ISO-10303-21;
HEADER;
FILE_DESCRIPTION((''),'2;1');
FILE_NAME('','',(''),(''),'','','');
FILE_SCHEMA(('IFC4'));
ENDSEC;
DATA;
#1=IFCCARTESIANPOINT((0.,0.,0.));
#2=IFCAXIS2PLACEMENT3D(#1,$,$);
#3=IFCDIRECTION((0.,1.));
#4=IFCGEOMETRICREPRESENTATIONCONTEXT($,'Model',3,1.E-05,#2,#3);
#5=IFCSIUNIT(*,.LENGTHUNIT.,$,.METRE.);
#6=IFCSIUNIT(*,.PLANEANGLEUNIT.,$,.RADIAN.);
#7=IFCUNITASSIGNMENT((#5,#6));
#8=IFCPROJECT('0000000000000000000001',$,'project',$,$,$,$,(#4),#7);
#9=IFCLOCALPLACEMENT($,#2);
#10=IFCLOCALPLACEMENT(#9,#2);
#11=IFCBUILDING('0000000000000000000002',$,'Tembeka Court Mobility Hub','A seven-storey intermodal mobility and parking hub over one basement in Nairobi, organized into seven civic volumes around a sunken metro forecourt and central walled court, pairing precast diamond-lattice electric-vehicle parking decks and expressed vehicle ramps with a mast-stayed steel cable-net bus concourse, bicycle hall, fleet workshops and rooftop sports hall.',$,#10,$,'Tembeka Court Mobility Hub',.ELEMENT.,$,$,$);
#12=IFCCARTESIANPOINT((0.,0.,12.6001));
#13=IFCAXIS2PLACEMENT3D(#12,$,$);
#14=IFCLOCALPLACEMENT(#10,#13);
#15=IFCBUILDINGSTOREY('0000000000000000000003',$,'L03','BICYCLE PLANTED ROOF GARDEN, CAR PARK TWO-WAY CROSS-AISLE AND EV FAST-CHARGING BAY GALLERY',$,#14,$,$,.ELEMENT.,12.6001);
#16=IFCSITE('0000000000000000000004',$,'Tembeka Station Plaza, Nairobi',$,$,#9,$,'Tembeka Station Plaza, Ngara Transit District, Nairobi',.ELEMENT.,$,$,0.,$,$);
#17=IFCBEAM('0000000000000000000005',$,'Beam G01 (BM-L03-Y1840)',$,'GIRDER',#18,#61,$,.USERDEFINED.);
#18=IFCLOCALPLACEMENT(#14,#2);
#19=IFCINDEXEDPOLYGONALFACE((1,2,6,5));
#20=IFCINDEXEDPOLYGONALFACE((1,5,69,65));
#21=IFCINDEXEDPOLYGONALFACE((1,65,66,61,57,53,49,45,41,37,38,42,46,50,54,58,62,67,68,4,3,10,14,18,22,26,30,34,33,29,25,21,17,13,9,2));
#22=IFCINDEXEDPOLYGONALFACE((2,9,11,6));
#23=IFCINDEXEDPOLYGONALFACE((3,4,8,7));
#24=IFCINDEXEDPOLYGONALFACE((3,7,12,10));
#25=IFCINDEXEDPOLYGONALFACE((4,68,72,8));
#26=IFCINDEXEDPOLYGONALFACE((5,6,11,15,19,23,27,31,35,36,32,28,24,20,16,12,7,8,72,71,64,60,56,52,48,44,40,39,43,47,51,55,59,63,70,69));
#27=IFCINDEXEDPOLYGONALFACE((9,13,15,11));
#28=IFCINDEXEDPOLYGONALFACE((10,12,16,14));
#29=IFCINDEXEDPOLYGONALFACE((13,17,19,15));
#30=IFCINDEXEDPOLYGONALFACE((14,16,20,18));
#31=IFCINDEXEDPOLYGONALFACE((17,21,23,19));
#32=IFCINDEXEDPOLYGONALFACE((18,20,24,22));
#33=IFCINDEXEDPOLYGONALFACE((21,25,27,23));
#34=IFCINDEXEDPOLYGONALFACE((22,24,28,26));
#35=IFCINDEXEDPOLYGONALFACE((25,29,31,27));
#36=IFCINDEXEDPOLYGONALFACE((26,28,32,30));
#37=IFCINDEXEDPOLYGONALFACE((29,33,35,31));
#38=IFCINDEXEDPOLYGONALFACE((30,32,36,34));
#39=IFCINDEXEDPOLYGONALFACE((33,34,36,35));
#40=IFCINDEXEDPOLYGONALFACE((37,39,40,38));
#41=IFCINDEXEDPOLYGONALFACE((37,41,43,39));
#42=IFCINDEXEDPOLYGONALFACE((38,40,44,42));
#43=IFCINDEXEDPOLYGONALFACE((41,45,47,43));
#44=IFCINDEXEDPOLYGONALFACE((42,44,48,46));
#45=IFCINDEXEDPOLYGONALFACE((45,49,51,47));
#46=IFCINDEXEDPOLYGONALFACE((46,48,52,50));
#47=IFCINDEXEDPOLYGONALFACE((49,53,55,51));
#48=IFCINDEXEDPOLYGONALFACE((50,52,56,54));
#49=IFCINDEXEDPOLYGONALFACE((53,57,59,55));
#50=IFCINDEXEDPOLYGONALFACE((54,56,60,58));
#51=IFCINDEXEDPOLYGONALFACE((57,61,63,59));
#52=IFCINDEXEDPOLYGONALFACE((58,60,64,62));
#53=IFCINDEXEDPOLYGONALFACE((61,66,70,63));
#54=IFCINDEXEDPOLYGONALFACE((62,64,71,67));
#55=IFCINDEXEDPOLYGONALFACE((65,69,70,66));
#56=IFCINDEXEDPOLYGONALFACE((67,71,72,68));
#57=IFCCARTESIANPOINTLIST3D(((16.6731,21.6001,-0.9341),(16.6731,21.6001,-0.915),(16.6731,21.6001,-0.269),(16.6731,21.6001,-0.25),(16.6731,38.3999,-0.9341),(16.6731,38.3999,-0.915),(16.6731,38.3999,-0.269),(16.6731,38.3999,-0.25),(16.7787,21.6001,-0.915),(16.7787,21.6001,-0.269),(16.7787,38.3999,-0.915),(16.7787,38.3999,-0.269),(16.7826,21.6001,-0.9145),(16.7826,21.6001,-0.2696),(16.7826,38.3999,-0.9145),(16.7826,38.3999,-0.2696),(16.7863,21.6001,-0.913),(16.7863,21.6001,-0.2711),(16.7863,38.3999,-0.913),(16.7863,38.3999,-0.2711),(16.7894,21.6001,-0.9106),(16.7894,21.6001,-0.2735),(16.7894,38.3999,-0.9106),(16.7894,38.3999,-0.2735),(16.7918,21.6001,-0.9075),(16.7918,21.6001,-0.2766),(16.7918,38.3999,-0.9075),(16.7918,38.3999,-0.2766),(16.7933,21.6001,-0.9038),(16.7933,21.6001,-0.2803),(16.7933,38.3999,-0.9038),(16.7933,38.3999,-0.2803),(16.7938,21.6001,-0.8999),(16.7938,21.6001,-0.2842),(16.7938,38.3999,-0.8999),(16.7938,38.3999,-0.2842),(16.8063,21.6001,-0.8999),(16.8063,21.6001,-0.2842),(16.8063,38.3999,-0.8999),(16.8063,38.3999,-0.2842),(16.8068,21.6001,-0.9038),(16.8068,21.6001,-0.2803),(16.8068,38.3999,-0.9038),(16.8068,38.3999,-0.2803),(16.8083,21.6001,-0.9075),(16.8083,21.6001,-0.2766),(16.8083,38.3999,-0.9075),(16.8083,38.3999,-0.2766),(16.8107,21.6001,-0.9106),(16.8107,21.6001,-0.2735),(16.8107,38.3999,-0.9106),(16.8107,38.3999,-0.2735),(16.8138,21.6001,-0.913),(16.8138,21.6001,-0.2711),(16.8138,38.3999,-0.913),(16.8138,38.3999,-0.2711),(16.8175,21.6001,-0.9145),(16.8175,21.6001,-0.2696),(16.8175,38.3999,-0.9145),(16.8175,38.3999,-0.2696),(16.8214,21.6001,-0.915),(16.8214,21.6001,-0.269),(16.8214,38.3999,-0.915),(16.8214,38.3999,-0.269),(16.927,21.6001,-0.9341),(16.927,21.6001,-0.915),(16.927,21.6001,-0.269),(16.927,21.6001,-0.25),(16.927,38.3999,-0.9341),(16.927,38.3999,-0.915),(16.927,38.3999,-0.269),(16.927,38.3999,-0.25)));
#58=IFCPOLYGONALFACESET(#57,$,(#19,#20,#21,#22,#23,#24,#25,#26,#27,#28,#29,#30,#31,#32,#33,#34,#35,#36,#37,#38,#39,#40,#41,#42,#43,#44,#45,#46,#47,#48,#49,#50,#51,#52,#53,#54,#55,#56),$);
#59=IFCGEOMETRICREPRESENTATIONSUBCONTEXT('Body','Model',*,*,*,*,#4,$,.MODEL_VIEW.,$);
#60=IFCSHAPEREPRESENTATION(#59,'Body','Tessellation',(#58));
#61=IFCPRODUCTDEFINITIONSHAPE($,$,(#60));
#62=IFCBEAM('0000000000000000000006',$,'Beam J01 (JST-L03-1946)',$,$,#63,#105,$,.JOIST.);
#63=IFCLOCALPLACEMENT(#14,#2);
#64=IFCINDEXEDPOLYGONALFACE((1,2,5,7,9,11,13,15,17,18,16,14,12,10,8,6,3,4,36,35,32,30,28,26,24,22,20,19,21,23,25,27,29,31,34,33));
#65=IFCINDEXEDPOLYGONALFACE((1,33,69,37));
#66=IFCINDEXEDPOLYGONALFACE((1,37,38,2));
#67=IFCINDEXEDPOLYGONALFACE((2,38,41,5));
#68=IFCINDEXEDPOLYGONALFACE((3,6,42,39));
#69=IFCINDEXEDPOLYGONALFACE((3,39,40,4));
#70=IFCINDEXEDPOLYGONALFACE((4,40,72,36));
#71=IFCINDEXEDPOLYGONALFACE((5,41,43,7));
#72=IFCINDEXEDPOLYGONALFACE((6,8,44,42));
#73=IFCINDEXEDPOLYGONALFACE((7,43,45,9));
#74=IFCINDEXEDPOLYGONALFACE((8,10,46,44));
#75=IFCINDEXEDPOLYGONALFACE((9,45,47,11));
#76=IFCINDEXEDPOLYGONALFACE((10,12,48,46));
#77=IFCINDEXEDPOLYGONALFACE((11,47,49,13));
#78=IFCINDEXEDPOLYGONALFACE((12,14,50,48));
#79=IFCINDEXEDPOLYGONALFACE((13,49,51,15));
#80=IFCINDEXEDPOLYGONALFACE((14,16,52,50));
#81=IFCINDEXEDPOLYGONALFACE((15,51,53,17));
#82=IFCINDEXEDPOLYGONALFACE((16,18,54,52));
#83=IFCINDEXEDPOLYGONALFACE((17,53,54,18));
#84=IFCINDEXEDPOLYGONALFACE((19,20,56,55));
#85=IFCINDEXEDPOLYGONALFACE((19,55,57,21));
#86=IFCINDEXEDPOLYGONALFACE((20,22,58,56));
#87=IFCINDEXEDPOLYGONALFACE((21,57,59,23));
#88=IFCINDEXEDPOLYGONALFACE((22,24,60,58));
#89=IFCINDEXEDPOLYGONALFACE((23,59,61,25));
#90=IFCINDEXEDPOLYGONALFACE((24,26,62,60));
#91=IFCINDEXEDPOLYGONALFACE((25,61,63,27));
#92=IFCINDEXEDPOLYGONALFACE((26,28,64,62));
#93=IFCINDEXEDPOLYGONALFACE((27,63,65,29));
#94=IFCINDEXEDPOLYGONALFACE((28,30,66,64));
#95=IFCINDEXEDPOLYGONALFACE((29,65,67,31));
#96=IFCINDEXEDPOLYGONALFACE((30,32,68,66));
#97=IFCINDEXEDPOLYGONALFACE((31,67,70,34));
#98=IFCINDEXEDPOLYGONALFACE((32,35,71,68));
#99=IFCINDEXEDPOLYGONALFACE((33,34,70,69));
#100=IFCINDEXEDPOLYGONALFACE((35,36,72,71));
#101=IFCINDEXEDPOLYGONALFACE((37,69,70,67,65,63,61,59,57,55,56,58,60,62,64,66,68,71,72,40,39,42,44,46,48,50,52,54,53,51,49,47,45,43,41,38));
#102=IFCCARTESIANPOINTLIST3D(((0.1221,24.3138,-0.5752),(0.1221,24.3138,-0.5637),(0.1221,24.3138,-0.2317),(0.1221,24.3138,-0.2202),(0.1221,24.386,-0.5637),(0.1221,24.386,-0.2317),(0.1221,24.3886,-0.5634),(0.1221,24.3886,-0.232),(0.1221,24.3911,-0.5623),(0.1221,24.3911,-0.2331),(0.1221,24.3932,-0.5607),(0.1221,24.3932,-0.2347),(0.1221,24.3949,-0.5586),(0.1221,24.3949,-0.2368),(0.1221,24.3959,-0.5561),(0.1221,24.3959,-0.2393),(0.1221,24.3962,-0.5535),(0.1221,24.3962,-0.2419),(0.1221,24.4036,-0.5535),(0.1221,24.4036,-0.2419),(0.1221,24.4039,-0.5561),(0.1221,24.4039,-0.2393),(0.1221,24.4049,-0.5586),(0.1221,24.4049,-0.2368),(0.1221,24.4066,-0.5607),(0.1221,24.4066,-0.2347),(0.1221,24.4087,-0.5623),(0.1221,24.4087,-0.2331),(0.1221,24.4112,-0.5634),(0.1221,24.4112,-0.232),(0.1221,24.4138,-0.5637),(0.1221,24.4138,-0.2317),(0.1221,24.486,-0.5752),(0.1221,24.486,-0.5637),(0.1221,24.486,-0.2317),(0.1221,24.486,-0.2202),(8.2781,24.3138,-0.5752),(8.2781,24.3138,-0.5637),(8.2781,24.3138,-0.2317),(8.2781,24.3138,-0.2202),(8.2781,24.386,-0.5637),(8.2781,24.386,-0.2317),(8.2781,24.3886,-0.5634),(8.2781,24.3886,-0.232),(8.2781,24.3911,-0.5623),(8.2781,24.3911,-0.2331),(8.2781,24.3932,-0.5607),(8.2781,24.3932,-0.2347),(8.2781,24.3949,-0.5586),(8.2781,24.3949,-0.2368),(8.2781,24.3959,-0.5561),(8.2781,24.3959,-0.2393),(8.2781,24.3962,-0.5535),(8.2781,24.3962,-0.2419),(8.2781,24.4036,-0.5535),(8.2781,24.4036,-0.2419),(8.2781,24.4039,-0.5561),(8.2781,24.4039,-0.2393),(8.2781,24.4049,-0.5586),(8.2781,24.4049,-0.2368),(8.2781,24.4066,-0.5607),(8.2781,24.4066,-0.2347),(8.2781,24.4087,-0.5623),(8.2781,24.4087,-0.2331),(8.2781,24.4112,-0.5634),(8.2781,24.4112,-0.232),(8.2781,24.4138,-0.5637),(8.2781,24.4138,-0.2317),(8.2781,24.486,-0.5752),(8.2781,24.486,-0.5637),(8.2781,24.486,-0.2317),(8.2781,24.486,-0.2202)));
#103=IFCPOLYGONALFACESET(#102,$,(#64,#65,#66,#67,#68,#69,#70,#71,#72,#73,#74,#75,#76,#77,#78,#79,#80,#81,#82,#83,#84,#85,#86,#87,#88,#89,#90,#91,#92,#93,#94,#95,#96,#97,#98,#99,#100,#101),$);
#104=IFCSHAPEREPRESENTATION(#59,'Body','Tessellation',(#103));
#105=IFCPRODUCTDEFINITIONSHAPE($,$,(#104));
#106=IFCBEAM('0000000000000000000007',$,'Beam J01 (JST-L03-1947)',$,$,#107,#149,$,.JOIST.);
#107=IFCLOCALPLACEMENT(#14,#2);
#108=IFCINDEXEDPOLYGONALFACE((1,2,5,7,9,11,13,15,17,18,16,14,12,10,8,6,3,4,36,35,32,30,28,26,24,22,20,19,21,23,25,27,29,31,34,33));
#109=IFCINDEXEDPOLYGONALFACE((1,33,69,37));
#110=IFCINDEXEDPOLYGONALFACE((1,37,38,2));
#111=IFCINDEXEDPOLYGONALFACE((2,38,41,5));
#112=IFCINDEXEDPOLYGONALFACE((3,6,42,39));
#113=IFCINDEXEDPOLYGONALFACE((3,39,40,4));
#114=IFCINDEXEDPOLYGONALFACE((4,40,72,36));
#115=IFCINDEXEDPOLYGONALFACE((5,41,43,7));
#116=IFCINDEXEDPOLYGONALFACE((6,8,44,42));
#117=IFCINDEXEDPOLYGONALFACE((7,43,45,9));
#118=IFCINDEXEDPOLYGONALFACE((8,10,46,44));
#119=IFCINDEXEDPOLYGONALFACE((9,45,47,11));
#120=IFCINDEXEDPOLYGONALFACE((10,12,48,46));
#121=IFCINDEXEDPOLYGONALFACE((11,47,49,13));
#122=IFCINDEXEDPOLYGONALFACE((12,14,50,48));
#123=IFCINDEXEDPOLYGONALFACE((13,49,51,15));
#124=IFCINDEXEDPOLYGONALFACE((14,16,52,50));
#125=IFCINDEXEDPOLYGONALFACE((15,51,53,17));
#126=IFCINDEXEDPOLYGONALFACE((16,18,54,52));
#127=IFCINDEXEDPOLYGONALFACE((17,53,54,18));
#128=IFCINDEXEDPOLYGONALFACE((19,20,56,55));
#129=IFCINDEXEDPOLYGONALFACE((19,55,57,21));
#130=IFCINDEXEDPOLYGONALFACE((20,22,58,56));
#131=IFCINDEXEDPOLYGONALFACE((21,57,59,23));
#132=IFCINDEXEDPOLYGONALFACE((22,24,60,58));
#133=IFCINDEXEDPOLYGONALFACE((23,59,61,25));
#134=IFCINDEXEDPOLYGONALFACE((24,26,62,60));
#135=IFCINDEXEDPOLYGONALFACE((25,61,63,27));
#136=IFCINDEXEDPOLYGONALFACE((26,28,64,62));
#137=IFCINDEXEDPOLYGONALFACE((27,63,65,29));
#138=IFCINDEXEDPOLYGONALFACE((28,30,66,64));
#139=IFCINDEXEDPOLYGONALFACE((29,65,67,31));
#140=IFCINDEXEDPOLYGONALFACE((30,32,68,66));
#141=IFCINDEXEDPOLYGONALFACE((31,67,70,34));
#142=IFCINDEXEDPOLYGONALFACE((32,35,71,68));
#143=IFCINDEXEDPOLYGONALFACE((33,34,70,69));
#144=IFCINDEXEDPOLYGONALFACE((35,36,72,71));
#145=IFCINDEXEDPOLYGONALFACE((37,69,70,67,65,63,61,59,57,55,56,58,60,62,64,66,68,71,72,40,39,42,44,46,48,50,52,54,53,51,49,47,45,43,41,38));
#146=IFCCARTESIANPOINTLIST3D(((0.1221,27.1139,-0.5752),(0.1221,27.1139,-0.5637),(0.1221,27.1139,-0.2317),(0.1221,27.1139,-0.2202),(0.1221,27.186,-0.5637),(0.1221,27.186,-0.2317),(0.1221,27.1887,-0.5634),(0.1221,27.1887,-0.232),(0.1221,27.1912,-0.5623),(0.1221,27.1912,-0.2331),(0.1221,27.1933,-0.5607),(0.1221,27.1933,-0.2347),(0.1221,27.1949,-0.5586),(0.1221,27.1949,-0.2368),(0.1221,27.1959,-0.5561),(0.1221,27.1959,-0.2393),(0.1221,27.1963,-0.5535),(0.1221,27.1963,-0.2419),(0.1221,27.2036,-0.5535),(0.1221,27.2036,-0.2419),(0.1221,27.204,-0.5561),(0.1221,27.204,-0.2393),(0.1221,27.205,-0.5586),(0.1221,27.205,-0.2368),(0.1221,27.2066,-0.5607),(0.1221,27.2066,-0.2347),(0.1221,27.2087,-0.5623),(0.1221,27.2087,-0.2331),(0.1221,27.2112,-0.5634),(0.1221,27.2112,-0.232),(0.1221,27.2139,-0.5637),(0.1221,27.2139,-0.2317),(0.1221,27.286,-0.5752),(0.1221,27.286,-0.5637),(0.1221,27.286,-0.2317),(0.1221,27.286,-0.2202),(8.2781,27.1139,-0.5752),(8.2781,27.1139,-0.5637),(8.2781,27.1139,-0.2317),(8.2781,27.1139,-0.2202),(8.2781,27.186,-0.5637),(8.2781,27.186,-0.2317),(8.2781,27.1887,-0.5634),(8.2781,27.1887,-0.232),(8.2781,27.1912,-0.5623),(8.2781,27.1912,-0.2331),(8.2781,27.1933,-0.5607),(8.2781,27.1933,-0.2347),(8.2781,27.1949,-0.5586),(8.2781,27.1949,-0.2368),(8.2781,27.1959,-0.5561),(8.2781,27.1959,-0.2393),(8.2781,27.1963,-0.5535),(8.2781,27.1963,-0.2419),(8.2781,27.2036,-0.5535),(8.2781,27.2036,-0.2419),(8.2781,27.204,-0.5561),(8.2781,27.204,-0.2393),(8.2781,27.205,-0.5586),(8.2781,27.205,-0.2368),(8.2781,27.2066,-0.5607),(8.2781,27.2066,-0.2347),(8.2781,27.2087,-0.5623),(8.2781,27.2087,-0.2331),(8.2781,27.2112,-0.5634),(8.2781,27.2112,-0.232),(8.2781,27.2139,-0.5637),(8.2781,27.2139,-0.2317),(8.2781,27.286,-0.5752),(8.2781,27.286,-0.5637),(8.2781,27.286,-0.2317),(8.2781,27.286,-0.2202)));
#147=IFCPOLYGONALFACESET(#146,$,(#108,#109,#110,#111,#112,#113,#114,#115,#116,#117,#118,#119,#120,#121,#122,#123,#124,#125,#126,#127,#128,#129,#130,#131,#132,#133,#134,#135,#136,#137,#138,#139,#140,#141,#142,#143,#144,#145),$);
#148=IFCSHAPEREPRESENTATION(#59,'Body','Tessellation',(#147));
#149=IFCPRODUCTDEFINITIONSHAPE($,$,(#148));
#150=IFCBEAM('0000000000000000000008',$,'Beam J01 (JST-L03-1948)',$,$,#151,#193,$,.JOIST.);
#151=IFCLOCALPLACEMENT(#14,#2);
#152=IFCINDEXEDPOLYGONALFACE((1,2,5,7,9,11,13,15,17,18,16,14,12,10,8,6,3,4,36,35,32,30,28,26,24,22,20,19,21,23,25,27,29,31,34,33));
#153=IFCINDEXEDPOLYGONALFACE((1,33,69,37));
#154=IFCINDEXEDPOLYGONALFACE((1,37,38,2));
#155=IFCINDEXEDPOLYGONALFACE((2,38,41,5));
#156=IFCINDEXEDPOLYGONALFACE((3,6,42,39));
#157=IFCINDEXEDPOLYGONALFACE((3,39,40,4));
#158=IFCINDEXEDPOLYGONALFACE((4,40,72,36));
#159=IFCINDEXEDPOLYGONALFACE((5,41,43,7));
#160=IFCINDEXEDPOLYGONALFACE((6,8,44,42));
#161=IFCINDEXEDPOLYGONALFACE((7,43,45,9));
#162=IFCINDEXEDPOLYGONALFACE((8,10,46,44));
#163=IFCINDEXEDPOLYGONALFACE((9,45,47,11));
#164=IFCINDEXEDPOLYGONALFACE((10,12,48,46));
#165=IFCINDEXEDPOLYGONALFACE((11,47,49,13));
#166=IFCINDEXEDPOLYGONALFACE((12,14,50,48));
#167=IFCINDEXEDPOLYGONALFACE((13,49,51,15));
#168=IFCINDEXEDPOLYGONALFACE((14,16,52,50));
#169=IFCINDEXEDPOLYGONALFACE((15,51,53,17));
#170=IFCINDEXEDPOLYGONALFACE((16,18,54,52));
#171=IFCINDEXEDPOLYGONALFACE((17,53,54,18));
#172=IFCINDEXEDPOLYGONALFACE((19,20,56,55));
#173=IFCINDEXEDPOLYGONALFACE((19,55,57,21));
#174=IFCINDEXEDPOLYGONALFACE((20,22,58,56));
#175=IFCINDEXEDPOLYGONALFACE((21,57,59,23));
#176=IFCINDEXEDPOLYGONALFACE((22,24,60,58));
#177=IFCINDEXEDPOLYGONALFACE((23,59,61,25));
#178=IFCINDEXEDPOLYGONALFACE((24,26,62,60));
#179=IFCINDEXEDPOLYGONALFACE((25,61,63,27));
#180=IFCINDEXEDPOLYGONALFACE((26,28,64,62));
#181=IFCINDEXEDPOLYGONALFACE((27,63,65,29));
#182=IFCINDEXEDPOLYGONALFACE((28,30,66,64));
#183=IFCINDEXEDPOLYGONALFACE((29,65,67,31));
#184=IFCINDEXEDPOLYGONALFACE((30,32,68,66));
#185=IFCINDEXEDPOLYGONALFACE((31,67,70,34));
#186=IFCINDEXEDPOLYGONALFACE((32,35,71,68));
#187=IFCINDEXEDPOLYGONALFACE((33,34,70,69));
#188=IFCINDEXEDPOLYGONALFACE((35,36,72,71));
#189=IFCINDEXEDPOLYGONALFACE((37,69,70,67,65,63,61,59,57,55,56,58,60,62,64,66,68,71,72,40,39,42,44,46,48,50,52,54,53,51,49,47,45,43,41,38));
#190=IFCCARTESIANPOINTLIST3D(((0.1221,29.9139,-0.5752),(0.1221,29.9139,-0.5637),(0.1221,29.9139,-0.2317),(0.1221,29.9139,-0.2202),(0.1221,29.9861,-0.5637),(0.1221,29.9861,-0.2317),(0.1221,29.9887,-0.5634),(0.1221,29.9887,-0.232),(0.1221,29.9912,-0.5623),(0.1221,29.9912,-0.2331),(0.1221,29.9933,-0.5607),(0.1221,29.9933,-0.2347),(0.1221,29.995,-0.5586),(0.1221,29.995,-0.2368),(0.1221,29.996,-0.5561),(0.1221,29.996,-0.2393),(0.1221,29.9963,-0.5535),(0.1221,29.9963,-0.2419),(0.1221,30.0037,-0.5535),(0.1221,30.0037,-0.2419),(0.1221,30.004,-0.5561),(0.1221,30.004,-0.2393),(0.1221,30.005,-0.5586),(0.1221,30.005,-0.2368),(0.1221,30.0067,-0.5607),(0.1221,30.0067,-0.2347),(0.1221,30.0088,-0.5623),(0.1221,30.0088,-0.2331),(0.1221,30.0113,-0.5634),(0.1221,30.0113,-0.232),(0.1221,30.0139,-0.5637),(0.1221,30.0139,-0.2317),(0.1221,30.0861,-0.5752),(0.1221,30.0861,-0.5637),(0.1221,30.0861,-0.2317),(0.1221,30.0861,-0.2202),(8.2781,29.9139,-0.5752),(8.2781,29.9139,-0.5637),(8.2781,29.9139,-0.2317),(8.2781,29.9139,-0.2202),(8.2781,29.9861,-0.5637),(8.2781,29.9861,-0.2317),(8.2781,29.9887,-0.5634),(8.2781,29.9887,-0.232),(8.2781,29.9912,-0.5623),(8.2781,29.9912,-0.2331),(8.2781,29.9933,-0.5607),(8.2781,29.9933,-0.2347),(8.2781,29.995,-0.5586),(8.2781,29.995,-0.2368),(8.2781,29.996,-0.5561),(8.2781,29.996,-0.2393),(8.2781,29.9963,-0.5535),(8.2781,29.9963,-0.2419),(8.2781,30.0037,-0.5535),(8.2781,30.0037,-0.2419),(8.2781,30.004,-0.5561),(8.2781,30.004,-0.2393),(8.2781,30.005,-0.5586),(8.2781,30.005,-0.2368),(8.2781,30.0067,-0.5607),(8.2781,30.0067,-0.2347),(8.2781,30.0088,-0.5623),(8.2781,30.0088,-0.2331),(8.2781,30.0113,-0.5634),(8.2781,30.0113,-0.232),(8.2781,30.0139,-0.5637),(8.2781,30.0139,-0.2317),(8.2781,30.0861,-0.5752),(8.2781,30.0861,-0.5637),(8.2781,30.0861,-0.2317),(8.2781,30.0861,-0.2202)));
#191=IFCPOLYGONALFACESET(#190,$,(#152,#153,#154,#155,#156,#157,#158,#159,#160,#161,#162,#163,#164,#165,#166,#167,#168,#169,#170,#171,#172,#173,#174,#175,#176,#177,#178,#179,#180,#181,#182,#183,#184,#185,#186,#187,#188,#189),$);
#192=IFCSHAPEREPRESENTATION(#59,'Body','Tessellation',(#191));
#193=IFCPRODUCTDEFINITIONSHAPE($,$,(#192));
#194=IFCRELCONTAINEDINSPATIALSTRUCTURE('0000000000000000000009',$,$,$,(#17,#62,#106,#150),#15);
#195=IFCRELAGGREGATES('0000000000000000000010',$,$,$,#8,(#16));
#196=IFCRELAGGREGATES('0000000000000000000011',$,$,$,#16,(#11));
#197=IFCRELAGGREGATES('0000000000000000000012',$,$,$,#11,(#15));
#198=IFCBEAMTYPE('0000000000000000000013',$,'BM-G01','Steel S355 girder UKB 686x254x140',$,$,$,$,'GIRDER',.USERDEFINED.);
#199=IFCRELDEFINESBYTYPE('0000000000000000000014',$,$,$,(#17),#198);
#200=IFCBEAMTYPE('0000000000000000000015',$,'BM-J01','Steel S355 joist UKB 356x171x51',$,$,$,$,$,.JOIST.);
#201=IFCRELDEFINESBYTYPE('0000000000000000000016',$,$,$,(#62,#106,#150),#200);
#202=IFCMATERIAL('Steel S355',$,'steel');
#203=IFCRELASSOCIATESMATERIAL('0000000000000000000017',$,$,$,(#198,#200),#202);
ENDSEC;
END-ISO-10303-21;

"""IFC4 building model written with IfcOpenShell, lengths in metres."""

from ifc_helpers import new_model, si_unit, direction, frame, origin, origin_2d, place, context, subcontext, project, spatial, i_section, extrude, material, material_profile, profile_set, type_object, element, save


model = new_model("IFC4")

# Units and contexts
model_context = context("Model", 3, precision=1e-05, world=origin(), true_north=direction((0.0, 1.0)))
body_context = subcontext(model_context, "Body", "Model", "MODEL_VIEW")
ifc_project = project(units=[si_unit("LENGTHUNIT", "METRE"), si_unit("PLANEANGLEUNIT", "RADIAN")], contexts=[model_context])

# Site, building, storey
site_placement = place(None, origin())
site = spatial("IfcSite", under=ifc_project, at=site_placement, Name="Tembeka Station Plaza, Nairobi", LongName="Tembeka Station Plaza, Ngara Transit District, Nairobi", CompositionType="ELEMENT", RefElevation=0.0)
building_placement = place(site_placement, origin())
building = spatial("IfcBuilding", under=site, at=building_placement, Name="Tembeka Court Mobility Hub", Description="A seven-storey intermodal mobility and parking hub over one basement in Nairobi, organized into seven civic volumes around a sunken metro forecourt and central walled court, pairing precast diamond-lattice electric-vehicle parking decks and expressed vehicle ramps with a mast-stayed steel cable-net bus concourse, bicycle hall, fleet workshops and rooftop sports hall.", LongName="Tembeka Court Mobility Hub", CompositionType="ELEMENT")
storey_placement = place(building_placement, frame((0.0, 0.0, 12.6001)))
storey = spatial("IfcBuildingStorey", under=building, at=storey_placement, Name="L03", Description="BICYCLE PLANTED ROOF GARDEN, CAR PARK TWO-WAY CROSS-AISLE AND EV FAST-CHARGING BAY GALLERY", CompositionType="ELEMENT", Elevation=12.6001)

# Shared definitions
ifc_material_1 = material(Name="Steel S355", Category="steel")

# Beams
ifc_material_profile_1 = material_profile(ifc_material_1, i_section(OverallWidth=0.2539, OverallDepth=0.6841, WebThickness=0.0125, FlangeThickness=0.019, FilletRadius=0.0151, at=origin_2d()), Name="UKB 686x254x140")
ifc_profile_set_1 = profile_set([ifc_material_profile_1], Name="Steel S355")
beam_type_1 = type_object("IfcBeamType", Name="BM-G01", Description="Steel S355 girder UKB 686x254x140", ElementType="GIRDER", PredefinedType="USERDEFINED", material=ifc_profile_set_1)
for number, where, z_axis, x_axis, name in (
    (1, (16.8, 21.6001, -0.592), (0.0, 1.0, 0.0), (-1.0, 0.0, 0.0), "Beam G01 (BM-L03-Y1840)"),
):
    element("IfcBeam", number, at=place(storey_placement, frame(where, z_axis=z_axis, x_axis=x_axis)), inside=storey, type_object=beam_type_1, Name=name, ObjectType="GIRDER", PredefinedType="USERDEFINED", context=body_context, shape_type="SweptSolid", body=[
        extrude(i_section(OverallWidth=0.2539, OverallDepth=0.6841, WebThickness=0.0125, FlangeThickness=0.019, FilletRadius=0.0151, at=origin_2d()), origin(), (0.0, 0.0, 1.0), 16.7998),
    ])
ifc_material_profile_2 = material_profile(ifc_material_1, i_section(OverallWidth=0.1721, OverallDepth=0.355, WebThickness=0.0073, FlangeThickness=0.0115, FilletRadius=0.0103, at=origin_2d()), Name="UKB 356x171x51")
ifc_profile_set_2 = profile_set([ifc_material_profile_2], Name="Steel S355")
beam_type_2 = type_object("IfcBeamType", Name="BM-J01", Description="Steel S355 joist UKB 356x171x51", PredefinedType="JOIST", material=ifc_profile_set_2)
for number, where, z_axis, x_axis, name in (
    (2, (0.1221, 24.3999, -0.3977), (1.0, 0.0, 0.0), (0.0, 1.0, 0.0), "Beam J01 (JST-L03-1946)"),
    (3, (0.1221, 27.2, -0.3977), (1.0, 0.0, 0.0), (0.0, 1.0, 0.0), "Beam J01 (JST-L03-1947)"),
    (4, (0.1221, 30.0, -0.3977), (1.0, 0.0, 0.0), (0.0, 1.0, 0.0), "Beam J01 (JST-L03-1948)"),
):
    element("IfcBeam", number, at=place(storey_placement, frame(where, z_axis=z_axis, x_axis=x_axis)), inside=storey, type_object=beam_type_2, Name=name, PredefinedType="JOIST", context=body_context, shape_type="SweptSolid", body=[
        extrude(i_section(OverallWidth=0.1721, OverallDepth=0.355, WebThickness=0.0073, FlangeThickness=0.0115, FilletRadius=0.0103, at=origin_2d()), origin(), (0.0, 0.0, 1.0), 8.156),
    ])

save(model, "model.ifc")
